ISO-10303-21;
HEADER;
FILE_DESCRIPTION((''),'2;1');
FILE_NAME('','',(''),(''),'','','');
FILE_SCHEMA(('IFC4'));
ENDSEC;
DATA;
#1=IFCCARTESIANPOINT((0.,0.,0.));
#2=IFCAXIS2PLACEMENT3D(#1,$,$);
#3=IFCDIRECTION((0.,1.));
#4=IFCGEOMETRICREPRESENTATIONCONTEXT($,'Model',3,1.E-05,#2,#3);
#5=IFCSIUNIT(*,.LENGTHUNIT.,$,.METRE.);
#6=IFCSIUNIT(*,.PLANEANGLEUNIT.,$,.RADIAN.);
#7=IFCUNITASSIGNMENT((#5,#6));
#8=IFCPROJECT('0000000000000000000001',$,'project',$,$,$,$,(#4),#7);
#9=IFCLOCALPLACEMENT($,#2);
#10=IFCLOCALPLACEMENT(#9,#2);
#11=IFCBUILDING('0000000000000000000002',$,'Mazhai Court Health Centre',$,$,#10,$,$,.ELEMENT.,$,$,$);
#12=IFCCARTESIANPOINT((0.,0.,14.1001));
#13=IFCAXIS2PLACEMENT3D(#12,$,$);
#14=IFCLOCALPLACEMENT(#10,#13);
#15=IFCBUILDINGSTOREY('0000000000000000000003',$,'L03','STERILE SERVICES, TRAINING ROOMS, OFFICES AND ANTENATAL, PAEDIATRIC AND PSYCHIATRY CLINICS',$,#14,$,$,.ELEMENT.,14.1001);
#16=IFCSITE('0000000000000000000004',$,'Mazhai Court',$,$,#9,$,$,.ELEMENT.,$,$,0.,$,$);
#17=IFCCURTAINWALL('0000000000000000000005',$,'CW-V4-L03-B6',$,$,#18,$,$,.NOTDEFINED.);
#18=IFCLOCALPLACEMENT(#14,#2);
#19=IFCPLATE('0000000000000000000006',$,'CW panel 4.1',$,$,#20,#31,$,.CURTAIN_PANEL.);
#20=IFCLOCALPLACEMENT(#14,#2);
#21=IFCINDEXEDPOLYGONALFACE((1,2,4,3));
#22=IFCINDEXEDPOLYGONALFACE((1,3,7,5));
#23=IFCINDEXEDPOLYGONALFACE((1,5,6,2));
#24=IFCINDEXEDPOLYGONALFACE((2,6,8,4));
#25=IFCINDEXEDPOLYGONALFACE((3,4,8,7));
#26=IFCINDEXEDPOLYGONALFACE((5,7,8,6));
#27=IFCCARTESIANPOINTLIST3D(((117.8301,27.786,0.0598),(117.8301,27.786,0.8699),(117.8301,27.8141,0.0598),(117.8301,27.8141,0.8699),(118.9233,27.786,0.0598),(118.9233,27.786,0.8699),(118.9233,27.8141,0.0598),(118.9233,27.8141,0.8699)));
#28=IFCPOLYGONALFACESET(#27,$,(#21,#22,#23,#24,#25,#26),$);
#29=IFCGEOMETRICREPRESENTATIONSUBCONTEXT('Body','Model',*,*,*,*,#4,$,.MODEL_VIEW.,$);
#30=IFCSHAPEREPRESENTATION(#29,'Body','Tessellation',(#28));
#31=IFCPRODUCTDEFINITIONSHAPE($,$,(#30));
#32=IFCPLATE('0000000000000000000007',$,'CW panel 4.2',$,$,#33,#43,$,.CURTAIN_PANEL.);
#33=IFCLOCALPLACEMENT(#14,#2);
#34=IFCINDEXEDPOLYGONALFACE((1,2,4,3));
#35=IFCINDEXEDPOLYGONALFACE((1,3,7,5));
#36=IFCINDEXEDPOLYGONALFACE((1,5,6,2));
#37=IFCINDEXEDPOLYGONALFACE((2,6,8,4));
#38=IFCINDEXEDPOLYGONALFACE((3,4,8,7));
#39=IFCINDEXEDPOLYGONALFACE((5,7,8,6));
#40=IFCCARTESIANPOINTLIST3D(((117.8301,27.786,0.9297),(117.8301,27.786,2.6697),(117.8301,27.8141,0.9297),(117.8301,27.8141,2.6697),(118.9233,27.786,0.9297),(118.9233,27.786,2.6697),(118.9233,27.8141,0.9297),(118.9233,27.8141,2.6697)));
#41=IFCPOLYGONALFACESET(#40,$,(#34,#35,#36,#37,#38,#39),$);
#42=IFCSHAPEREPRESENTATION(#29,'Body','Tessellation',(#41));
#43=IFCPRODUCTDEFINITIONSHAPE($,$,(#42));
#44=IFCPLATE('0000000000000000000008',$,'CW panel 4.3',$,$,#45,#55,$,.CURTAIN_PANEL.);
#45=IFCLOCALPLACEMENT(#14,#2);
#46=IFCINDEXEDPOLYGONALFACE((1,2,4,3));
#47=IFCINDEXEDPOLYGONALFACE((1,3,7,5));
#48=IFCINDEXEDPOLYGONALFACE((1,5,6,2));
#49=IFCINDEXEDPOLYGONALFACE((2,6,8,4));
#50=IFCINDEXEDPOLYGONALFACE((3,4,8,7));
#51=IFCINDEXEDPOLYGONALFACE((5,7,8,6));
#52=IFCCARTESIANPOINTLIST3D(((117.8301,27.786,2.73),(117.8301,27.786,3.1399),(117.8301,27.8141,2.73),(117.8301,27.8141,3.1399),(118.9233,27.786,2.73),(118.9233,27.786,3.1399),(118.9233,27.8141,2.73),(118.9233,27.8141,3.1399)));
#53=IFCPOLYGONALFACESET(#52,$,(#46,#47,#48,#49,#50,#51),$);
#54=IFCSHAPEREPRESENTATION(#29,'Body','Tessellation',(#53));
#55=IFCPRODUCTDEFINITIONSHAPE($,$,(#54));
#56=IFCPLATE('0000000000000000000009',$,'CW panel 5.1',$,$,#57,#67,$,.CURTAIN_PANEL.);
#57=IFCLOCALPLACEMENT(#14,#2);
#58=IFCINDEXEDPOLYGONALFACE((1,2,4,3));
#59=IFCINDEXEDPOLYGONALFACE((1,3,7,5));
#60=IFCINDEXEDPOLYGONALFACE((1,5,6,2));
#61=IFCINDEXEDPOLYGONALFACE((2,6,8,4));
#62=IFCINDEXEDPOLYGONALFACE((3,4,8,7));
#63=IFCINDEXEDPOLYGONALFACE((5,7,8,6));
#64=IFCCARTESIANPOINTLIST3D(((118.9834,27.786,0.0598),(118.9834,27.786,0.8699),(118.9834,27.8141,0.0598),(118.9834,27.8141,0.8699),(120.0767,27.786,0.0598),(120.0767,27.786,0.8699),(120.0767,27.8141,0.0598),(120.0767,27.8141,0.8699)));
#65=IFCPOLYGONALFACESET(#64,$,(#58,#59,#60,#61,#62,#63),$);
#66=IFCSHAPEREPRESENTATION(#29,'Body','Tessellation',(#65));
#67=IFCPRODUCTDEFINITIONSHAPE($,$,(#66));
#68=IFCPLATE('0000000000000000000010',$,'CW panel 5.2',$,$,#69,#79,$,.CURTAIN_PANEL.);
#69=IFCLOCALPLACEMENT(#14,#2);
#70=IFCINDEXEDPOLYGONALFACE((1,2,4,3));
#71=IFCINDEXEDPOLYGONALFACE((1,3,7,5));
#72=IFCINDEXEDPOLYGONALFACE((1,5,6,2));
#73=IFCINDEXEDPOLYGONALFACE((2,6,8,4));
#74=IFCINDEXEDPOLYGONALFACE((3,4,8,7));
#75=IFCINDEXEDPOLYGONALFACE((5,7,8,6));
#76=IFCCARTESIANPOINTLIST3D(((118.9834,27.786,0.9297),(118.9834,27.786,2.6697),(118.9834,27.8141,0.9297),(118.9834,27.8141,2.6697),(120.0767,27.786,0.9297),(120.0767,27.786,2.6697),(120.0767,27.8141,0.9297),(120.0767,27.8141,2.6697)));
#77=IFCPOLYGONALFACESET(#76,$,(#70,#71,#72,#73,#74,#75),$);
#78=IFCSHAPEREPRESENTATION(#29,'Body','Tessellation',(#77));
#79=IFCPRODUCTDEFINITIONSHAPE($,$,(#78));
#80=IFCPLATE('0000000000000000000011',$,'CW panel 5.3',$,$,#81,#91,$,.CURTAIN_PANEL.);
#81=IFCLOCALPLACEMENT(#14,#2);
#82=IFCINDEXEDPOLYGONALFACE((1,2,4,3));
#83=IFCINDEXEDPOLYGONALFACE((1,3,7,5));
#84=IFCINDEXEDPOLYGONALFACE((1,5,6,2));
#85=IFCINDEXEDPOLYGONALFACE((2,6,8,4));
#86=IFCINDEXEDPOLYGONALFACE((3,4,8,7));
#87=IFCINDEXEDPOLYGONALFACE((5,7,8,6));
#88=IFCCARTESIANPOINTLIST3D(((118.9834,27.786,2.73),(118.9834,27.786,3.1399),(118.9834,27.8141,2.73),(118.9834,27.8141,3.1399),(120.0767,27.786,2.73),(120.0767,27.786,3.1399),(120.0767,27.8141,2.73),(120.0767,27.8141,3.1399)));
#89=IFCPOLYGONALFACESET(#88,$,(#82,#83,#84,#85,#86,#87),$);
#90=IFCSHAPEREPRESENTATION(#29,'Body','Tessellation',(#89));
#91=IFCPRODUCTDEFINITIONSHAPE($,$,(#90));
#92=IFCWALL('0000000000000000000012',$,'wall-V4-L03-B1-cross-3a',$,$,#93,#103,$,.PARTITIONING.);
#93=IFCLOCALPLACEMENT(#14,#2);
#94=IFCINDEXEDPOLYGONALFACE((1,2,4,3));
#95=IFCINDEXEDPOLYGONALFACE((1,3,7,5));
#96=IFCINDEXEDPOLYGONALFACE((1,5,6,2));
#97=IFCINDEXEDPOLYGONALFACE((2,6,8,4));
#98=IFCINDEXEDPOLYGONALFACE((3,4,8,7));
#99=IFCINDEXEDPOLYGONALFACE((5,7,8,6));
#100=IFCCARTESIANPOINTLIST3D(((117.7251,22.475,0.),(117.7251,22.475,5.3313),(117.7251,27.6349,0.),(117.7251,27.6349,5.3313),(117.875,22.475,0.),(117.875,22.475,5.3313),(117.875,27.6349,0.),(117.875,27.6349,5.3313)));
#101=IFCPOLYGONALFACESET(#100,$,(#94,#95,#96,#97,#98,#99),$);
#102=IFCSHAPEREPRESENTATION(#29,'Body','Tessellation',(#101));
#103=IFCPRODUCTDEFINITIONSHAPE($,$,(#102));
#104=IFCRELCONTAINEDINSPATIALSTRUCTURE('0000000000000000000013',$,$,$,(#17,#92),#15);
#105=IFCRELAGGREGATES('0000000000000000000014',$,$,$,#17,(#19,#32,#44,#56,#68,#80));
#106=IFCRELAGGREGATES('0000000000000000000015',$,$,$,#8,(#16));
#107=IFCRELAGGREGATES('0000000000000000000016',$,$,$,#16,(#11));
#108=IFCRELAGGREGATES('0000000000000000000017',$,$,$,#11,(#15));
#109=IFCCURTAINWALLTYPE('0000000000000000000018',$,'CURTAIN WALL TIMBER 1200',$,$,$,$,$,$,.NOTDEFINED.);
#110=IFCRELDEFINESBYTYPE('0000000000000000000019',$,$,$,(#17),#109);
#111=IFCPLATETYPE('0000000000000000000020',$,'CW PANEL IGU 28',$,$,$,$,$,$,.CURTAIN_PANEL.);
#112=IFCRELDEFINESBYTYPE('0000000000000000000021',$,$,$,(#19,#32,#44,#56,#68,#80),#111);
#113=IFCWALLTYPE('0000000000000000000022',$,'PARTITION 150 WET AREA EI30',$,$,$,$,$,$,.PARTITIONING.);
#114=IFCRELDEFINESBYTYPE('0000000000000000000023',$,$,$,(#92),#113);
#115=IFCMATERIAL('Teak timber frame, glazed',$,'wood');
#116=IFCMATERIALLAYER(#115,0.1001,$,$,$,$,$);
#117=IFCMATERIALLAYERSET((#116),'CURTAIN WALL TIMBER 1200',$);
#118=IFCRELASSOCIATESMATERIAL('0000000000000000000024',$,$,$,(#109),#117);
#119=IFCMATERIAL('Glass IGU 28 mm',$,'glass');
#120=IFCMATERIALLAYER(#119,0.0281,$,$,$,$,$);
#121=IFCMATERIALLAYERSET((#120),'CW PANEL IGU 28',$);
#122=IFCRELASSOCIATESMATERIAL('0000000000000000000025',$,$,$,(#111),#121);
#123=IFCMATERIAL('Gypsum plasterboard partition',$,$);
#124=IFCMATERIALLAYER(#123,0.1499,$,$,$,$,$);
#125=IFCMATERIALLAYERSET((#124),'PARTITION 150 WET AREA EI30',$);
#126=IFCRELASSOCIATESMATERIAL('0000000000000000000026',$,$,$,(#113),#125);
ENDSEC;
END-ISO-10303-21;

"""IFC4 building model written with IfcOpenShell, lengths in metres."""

from ifc_helpers import new_model, si_unit, direction, frame, frame_2d, origin, origin_2d, place, context, subcontext, project, spatial, rectangle, extrude, material, layer, layer_set, type_object, element, aggregate, save


model = new_model("IFC4")

# Units and contexts
model_context = context("Model", 3, precision=1e-05, world=origin(), true_north=direction((0.0, 1.0)))
body_context = subcontext(model_context, "Body", "Model", "MODEL_VIEW")
ifc_project = project(units=[si_unit("LENGTHUNIT", "METRE"), si_unit("PLANEANGLEUNIT", "RADIAN")], contexts=[model_context])

# Site, building, storey
site_placement = place(None, origin())
site = spatial("IfcSite", under=ifc_project, at=site_placement, Name="Mazhai Court", CompositionType="ELEMENT", RefElevation=0.0)
building_placement = place(site_placement, origin())
building = spatial("IfcBuilding", under=site, at=building_placement, Name="Mazhai Court Health Centre", CompositionType="ELEMENT")
storey_placement = place(building_placement, frame((0.0, 0.0, 14.1001)))
storey = spatial("IfcBuildingStorey", under=building, at=storey_placement, Name="L03", Description="STERILE SERVICES, TRAINING ROOMS, OFFICES AND ANTENATAL, PAEDIATRIC AND PSYCHIATRY CLINICS", CompositionType="ELEMENT", Elevation=14.1001)

# Curtain wall, plates
ifc_material_1 = material(Name="Teak timber frame, glazed", Category="wood")
ifc_layer_1 = layer(ifc_material_1, 0.1001)
ifc_layer_set_1 = layer_set([ifc_layer_1], Name="CURTAIN WALL TIMBER 1200")
curtain_wall_type = type_object("IfcCurtainWallType", Name="CURTAIN WALL TIMBER 1200", PredefinedType="NOTDEFINED", material=ifc_layer_set_1)
curtain_wall_placement = place(storey_placement, origin())
curtain_wall = element("IfcCurtainWall", 1, at=curtain_wall_placement, inside=storey, type_object=curtain_wall_type, Name="CW-V4-L03-B6", PredefinedType="NOTDEFINED")
ifc_material_2 = material(Name="Glass IGU 28 mm", Category="glass")
ifc_layer_2 = layer(ifc_material_2, 0.0281)
ifc_layer_set_2 = layer_set([ifc_layer_2], Name="CW PANEL IGU 28")
plate_type = type_object("IfcPlateType", Name="CW PANEL IGU 28", PredefinedType="CURTAIN_PANEL", material=ifc_layer_set_2)
plate_1_placement = place(storey_placement, frame((118.3767, 27.8, 0.0598), z_axis=(0.0, 0.0, 1.0), x_axis=(1.0, 0.0, 0.0)))
plate_1 = element("IfcPlate", 2, at=plate_1_placement, type_object=plate_type, Name="CW panel 4.1", PredefinedType="CURTAIN_PANEL", context=body_context, shape_type="SweptSolid", body=[
    extrude(rectangle(XDim=1.0933, YDim=0.0281, at=origin_2d()), origin(), (0.0, 0.0, 1.0), 0.8101),
])
plate_2_placement = place(storey_placement, frame((118.3767, 27.8, 0.9297), z_axis=(0.0, 0.0, 1.0), x_axis=(1.0, 0.0, 0.0)))
plate_2 = element("IfcPlate", 3, at=plate_2_placement, type_object=plate_type, Name="CW panel 4.2", PredefinedType="CURTAIN_PANEL", context=body_context, shape_type="SweptSolid", body=[
    extrude(rectangle(XDim=1.0933, YDim=0.0281, at=origin_2d()), origin(), (0.0, 0.0, 1.0), 1.74),
])
plate_3_placement = place(storey_placement, frame((118.3767, 27.8, 2.73), z_axis=(0.0, 0.0, 1.0), x_axis=(1.0, 0.0, 0.0)))
plate_3 = element("IfcPlate", 4, at=plate_3_placement, type_object=plate_type, Name="CW panel 4.3", PredefinedType="CURTAIN_PANEL", context=body_context, shape_type="SweptSolid", body=[
    extrude(rectangle(XDim=1.0933, YDim=0.0281, at=origin_2d()), origin(), (0.0, 0.0, 1.0), 0.4099),
])
plate_4_placement = place(storey_placement, frame((119.53, 27.8, 0.0598), z_axis=(0.0, 0.0, 1.0), x_axis=(1.0, 0.0, 0.0)))
plate_4 = element("IfcPlate", 5, at=plate_4_placement, type_object=plate_type, Name="CW panel 5.1", PredefinedType="CURTAIN_PANEL", context=body_context, shape_type="SweptSolid", body=[
    extrude(rectangle(XDim=1.0933, YDim=0.0281, at=origin_2d()), origin(), (0.0, 0.0, 1.0), 0.8101),
])
plate_5_placement = place(storey_placement, frame((119.53, 27.8, 0.9297), z_axis=(0.0, 0.0, 1.0), x_axis=(1.0, 0.0, 0.0)))
plate_5 = element("IfcPlate", 6, at=plate_5_placement, type_object=plate_type, Name="CW panel 5.2", PredefinedType="CURTAIN_PANEL", context=body_context, shape_type="SweptSolid", body=[
    extrude(rectangle(XDim=1.0933, YDim=0.0281, at=origin_2d()), origin(), (0.0, 0.0, 1.0), 1.74),
])
plate_6_placement = place(storey_placement, frame((119.53, 27.8, 2.73), z_axis=(0.0, 0.0, 1.0), x_axis=(1.0, 0.0, 0.0)))
plate_6 = element("IfcPlate", 7, at=plate_6_placement, type_object=plate_type, Name="CW panel 5.3", PredefinedType="CURTAIN_PANEL", context=body_context, shape_type="SweptSolid", body=[
    extrude(rectangle(XDim=1.0933, YDim=0.0281, at=origin_2d()), origin(), (0.0, 0.0, 1.0), 0.4099),
])
aggregate(curtain_wall, [plate_1, plate_2, plate_3, plate_4, plate_5, plate_6])

# Wall
ifc_material_3 = material(Name="Gypsum plasterboard partition")
ifc_layer_3 = layer(ifc_material_3, 0.1499)
ifc_layer_set_3 = layer_set([ifc_layer_3], Name="PARTITION 150 WET AREA EI30")
wall_type = type_object("IfcWallType", Name="PARTITION 150 WET AREA EI30", PredefinedType="PARTITIONING", material=ifc_layer_set_3)
wall_placement = place(storey_placement, frame((117.8, 27.635, 0.0), z_axis=(0.0, 0.0, 1.0), x_axis=(0.0, -1.0, 0.0)))
element("IfcWall", 8, at=wall_placement, inside=storey, type_object=wall_type, Name="wall-V4-L03-B1-cross-3a", PredefinedType="PARTITIONING", context=body_context, shape_type="SweptSolid", body=[
    extrude(rectangle(XDim=5.1599, YDim=0.1499, at=frame_2d((2.5801, 0.0))), origin(), (0.0, 0.0, 1.0), 5.3313),
])

save(model, "model.ifc")
